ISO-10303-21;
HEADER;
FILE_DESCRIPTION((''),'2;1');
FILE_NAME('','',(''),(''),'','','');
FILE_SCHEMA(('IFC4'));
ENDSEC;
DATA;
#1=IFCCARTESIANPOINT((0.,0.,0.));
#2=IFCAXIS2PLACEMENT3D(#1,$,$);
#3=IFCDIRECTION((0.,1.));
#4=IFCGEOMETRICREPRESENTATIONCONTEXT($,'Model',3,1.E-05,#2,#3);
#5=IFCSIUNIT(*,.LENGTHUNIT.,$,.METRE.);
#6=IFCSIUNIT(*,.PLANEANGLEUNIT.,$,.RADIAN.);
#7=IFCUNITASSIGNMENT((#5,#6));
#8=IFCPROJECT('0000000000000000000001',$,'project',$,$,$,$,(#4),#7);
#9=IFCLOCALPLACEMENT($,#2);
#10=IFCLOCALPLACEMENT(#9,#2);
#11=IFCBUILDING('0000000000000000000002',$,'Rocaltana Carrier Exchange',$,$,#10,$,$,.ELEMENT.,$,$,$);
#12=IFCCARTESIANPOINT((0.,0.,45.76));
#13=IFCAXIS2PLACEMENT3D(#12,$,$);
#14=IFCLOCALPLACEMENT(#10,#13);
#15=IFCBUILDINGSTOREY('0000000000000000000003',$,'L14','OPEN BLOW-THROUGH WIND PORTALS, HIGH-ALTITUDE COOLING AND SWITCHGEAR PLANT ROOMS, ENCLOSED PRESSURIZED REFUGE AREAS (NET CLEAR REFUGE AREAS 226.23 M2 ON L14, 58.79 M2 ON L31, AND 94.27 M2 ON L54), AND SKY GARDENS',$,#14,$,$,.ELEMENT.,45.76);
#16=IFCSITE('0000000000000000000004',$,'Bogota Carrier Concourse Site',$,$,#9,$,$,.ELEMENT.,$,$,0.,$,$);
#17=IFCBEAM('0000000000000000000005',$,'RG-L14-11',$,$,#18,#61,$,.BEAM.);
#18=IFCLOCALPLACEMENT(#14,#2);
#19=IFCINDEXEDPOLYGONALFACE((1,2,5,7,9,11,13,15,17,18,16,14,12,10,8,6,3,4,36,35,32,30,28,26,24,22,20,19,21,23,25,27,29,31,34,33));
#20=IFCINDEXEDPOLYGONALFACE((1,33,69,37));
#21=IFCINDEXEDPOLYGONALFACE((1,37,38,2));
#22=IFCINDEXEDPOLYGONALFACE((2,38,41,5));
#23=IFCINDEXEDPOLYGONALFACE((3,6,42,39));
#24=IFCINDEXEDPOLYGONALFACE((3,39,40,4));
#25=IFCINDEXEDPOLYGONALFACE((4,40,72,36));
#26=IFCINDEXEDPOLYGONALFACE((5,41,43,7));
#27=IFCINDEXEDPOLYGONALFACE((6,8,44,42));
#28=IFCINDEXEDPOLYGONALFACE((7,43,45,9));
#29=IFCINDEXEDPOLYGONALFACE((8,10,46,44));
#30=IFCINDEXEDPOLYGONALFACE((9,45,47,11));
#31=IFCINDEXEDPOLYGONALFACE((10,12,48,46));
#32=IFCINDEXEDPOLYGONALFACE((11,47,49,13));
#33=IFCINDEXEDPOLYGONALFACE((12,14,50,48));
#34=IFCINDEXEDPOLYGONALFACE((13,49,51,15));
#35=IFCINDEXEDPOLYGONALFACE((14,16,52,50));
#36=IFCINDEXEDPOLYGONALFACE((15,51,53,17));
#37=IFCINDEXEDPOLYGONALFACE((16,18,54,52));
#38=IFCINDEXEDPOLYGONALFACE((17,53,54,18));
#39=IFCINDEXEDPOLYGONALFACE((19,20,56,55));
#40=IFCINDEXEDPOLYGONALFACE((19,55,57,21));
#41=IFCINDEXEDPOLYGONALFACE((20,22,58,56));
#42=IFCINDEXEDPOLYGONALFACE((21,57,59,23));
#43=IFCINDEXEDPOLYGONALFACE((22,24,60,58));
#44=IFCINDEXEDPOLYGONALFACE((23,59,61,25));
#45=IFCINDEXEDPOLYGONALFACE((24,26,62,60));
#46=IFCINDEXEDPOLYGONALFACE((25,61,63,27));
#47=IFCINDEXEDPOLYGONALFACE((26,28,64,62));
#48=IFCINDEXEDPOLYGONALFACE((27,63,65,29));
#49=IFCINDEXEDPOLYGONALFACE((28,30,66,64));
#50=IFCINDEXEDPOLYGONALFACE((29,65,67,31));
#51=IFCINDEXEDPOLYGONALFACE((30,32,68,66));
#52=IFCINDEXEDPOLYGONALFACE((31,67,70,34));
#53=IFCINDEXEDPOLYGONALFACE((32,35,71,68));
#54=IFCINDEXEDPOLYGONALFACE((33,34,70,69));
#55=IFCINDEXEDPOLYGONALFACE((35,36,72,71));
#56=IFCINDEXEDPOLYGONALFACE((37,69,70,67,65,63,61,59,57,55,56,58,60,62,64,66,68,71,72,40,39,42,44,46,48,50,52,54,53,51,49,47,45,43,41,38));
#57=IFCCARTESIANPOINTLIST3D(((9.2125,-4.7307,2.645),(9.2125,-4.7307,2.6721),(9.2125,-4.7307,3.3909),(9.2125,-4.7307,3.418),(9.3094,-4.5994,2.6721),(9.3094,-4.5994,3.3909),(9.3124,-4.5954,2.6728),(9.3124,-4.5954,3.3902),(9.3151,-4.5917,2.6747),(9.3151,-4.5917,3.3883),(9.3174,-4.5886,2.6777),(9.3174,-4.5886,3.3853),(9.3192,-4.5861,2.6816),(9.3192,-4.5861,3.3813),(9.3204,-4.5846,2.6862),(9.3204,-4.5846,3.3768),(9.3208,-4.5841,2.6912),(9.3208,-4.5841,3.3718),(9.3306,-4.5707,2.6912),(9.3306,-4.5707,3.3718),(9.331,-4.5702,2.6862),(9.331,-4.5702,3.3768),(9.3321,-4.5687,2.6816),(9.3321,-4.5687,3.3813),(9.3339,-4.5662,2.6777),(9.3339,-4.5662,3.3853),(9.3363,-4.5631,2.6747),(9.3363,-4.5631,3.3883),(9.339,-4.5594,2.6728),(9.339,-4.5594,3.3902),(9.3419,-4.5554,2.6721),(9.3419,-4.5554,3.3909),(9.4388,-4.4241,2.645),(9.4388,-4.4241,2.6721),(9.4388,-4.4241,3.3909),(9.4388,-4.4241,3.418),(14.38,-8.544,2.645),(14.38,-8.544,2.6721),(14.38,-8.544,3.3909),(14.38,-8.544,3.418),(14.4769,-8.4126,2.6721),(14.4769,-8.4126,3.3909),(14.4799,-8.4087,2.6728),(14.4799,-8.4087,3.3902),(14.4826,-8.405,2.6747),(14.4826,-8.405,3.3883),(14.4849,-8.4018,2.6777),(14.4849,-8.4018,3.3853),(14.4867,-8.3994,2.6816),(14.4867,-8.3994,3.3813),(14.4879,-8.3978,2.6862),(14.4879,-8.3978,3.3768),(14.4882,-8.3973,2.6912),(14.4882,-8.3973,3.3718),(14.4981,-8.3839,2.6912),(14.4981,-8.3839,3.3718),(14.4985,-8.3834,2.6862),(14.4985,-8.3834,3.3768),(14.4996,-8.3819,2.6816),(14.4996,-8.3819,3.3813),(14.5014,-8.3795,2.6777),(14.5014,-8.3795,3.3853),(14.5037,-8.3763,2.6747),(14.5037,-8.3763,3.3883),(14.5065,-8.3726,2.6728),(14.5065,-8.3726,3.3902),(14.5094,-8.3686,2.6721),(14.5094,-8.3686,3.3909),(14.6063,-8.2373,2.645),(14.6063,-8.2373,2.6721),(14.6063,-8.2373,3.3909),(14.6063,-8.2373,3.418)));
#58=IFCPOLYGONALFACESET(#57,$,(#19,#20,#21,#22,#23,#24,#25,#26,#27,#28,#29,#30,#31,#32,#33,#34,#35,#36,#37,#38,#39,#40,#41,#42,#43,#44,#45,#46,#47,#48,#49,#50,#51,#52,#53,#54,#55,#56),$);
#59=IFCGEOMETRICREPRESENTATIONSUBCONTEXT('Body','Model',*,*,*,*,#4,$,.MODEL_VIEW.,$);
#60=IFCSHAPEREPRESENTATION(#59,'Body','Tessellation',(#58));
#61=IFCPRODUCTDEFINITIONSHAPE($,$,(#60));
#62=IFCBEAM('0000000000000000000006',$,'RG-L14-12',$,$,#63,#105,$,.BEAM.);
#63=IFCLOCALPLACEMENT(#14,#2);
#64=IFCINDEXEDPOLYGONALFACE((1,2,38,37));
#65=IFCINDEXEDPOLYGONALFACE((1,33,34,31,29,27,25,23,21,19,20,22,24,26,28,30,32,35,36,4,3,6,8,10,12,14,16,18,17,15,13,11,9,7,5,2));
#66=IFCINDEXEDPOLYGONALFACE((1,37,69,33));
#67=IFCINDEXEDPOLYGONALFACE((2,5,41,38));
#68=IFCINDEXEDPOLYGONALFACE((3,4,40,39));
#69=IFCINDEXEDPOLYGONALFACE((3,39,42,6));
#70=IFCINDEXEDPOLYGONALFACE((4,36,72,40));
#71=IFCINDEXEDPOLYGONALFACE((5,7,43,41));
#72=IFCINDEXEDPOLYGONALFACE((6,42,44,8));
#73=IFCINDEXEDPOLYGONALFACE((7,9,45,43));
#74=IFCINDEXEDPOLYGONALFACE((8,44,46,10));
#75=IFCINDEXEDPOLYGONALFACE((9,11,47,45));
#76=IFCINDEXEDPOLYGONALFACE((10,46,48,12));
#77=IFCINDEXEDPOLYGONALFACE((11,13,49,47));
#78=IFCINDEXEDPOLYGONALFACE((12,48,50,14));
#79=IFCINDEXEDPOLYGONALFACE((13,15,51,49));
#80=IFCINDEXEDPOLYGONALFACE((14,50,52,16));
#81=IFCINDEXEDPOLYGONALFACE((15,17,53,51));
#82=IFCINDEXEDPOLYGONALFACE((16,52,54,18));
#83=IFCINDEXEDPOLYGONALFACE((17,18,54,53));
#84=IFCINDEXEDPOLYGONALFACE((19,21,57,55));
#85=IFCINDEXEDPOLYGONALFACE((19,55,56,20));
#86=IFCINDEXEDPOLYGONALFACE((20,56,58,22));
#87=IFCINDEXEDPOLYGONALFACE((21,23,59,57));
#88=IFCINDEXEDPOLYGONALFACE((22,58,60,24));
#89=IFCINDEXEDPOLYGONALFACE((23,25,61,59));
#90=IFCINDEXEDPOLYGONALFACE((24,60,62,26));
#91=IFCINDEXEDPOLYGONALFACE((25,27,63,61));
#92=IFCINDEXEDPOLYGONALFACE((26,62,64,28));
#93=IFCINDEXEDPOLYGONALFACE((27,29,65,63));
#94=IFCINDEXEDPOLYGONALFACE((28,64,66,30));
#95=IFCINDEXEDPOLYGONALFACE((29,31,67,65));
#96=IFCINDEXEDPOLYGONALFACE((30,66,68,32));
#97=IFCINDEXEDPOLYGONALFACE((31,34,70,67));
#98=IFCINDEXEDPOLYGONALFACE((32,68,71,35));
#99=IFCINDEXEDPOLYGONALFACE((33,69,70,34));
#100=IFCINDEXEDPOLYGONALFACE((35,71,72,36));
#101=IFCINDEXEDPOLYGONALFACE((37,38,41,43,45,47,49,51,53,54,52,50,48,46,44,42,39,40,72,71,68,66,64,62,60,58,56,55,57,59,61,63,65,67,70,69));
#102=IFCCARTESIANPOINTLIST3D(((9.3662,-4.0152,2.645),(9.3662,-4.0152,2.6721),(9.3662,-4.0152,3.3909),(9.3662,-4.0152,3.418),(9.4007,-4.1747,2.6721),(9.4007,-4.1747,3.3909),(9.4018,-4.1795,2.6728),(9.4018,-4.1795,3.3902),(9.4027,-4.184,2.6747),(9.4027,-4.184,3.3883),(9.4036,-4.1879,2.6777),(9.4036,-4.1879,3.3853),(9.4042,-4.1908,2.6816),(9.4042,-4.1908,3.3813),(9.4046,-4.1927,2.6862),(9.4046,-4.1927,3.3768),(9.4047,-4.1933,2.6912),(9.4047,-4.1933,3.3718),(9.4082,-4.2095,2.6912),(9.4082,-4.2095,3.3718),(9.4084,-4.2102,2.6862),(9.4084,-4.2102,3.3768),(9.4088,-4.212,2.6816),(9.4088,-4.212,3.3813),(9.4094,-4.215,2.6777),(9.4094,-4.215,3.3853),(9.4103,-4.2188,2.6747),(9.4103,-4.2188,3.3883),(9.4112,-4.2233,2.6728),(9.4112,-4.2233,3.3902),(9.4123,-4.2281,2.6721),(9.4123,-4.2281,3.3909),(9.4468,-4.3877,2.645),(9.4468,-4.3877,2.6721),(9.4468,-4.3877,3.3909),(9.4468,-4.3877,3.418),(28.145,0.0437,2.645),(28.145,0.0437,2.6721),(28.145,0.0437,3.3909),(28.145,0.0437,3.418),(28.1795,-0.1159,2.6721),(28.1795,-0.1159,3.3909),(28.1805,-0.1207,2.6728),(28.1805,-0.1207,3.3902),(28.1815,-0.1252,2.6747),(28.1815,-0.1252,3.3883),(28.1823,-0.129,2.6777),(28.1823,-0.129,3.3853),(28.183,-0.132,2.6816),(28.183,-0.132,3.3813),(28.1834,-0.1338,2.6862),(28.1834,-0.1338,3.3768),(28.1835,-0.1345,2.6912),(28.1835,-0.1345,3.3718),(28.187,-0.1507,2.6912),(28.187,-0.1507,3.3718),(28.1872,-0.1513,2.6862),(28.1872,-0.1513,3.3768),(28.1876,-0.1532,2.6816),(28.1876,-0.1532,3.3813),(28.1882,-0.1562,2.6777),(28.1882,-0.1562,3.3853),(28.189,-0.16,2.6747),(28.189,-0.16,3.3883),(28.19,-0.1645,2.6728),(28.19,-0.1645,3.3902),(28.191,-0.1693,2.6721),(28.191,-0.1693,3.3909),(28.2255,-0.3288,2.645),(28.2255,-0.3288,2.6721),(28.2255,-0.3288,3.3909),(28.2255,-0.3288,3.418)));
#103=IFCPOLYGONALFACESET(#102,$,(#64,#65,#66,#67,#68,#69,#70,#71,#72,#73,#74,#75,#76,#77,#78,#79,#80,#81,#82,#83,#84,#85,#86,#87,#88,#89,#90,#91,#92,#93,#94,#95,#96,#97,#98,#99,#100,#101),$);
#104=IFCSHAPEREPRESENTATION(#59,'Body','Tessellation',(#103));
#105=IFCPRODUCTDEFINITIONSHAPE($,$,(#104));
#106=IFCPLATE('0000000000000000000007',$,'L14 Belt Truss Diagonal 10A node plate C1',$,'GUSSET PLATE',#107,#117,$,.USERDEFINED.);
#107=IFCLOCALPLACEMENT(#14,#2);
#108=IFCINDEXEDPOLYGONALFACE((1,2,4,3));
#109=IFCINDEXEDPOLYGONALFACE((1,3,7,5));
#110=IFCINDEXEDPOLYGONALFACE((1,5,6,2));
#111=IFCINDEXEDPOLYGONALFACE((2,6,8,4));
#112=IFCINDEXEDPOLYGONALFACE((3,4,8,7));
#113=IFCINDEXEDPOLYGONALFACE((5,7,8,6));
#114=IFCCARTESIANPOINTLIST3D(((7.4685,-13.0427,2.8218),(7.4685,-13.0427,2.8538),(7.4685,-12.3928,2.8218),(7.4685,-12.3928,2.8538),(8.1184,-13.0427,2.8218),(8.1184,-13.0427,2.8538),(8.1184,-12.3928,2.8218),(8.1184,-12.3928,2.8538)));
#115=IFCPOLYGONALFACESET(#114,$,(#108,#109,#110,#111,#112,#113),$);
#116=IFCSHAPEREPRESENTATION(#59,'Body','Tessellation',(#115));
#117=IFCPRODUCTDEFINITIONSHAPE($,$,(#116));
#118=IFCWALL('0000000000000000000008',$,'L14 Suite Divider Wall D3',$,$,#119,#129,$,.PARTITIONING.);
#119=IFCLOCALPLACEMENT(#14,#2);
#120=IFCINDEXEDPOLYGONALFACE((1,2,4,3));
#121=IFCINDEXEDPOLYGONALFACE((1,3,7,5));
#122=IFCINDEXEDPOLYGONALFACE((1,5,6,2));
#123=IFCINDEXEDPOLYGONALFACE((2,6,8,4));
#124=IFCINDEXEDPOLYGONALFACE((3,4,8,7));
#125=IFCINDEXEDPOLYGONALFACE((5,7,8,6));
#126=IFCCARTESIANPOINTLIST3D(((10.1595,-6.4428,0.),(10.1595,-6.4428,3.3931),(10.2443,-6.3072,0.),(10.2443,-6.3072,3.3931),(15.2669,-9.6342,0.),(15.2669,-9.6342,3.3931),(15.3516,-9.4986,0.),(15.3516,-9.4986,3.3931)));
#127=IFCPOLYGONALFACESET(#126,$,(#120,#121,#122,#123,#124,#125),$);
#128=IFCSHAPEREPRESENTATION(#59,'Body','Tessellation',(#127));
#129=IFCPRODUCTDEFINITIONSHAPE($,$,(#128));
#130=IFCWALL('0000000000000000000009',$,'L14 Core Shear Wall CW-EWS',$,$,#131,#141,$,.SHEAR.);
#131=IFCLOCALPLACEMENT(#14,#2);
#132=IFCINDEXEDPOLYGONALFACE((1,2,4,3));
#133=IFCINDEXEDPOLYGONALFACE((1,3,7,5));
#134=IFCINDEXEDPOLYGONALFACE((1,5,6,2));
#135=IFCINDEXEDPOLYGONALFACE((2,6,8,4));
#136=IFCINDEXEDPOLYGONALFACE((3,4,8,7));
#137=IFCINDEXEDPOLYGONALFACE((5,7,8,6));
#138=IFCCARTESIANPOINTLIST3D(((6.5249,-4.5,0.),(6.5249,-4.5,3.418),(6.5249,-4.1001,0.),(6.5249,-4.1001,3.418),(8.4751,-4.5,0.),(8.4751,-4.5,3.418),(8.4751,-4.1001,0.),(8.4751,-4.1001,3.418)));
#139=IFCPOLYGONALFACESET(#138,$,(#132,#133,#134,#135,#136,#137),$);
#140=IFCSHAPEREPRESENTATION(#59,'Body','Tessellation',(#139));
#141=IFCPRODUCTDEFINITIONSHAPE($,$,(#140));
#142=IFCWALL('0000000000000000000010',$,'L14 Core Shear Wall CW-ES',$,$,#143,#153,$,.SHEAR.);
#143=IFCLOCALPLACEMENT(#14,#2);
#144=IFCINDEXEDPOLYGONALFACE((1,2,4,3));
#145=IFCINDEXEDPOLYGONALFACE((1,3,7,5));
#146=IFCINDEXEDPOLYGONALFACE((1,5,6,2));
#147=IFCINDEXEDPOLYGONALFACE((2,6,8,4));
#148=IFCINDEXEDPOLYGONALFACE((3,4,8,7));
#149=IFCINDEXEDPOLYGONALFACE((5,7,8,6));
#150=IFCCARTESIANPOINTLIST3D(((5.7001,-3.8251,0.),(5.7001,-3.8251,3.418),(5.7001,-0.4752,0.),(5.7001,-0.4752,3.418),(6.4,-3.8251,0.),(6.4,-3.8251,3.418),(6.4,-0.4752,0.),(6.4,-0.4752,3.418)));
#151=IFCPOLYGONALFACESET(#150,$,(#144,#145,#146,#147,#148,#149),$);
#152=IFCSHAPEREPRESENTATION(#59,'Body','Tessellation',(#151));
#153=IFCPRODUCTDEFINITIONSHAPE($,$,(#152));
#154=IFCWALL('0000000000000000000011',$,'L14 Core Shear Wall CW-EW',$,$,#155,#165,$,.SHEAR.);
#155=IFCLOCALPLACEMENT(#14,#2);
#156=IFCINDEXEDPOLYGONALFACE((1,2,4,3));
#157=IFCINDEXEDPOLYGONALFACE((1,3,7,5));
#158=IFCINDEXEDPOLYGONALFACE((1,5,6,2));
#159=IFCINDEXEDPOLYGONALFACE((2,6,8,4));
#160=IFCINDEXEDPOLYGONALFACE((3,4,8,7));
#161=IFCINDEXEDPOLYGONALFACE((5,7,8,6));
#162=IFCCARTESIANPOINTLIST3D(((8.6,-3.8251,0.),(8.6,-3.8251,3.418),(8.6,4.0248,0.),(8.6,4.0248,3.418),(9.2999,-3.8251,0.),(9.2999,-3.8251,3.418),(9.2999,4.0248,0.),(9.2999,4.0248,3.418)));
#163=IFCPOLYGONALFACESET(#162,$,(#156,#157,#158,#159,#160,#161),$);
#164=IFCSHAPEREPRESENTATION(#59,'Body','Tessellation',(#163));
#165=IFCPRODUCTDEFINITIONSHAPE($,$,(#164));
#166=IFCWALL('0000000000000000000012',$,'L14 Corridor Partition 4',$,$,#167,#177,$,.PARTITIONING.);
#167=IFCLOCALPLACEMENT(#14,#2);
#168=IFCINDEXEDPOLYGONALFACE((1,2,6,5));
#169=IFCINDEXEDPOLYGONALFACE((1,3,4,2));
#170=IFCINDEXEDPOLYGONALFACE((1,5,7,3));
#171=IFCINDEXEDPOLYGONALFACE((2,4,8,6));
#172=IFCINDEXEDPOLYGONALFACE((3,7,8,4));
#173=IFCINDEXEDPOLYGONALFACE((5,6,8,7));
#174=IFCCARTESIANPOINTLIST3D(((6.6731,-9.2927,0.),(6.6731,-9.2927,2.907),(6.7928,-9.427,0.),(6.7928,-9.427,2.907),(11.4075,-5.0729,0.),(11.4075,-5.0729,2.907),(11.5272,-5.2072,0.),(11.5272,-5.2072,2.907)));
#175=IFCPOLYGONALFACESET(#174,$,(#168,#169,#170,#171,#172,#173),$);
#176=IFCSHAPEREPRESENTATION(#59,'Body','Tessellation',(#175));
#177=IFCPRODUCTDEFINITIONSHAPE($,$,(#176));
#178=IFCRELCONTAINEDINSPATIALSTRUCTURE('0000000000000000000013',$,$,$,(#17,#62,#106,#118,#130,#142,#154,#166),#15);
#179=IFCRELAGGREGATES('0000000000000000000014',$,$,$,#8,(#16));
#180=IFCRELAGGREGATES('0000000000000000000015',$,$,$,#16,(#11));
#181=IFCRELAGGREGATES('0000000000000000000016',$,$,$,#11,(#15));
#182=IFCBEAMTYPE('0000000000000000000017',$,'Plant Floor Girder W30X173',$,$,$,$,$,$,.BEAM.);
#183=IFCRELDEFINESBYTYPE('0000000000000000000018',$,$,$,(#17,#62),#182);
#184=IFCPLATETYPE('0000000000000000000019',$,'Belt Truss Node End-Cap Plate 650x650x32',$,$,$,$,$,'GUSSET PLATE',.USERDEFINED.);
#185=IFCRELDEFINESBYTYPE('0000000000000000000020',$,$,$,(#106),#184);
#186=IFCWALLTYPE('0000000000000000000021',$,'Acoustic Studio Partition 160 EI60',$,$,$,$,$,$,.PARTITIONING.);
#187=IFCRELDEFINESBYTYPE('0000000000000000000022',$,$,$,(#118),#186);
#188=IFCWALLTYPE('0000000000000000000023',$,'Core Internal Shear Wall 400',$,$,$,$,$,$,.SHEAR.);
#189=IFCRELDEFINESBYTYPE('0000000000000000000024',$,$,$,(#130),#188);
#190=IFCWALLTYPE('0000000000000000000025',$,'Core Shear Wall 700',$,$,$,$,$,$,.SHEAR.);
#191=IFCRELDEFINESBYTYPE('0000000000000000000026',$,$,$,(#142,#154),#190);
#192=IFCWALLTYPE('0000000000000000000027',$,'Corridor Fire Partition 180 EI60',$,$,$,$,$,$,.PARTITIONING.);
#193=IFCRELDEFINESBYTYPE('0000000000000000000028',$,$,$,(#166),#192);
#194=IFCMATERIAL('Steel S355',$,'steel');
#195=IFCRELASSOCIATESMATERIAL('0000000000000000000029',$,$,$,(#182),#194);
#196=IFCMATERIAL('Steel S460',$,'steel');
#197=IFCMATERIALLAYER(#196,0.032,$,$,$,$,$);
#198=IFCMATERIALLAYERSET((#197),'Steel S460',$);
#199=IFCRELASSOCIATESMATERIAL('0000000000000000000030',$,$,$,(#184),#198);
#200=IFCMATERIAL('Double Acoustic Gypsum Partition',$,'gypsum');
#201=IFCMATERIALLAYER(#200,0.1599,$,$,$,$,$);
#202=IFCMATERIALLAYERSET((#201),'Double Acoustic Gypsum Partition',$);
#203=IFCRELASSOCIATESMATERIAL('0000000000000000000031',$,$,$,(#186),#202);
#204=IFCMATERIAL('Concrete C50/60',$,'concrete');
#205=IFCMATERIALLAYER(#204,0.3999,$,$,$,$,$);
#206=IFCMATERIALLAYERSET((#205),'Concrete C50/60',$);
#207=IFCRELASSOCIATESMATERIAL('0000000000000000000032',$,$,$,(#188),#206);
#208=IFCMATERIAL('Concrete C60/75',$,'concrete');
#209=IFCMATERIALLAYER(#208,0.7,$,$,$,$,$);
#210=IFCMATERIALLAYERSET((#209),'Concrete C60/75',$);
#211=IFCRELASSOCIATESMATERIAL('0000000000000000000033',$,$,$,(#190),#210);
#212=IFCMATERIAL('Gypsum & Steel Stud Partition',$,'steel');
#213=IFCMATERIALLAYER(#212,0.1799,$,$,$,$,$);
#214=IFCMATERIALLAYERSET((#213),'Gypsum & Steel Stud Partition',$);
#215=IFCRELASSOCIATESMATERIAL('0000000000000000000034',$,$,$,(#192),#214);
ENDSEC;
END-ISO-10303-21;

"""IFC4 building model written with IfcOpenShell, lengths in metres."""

from ifc_helpers import new_model, si_unit, direction, frame, frame_2d, origin, origin_2d, place, context, subcontext, project, spatial, rectangle, i_section, extrude, material, layer, layer_set, material_profile, profile_set, type_object, element, save


model = new_model("IFC4")

# Units and contexts
model_context = context("Model", 3, precision=1e-05, world=origin(), true_north=direction((0.0, 1.0)))
body_context = subcontext(model_context, "Body", "Model", "MODEL_VIEW")
ifc_project = project(units=[si_unit("LENGTHUNIT", "METRE"), si_unit("PLANEANGLEUNIT", "RADIAN")], contexts=[model_context])

# Site, building, storey
site_placement = place(None, origin())
site = spatial("IfcSite", under=ifc_project, at=site_placement, Name="Bogota Carrier Concourse Site", CompositionType="ELEMENT", RefElevation=0.0)
building_placement = place(site_placement, origin())
building = spatial("IfcBuilding", under=site, at=building_placement, Name="Rocaltana Carrier Exchange", CompositionType="ELEMENT")
storey_placement = place(building_placement, frame((0.0, 0.0, 45.76)))
storey = spatial("IfcBuildingStorey", under=building, at=storey_placement, Name="L14", Description="OPEN BLOW-THROUGH WIND PORTALS, HIGH-ALTITUDE COOLING AND SWITCHGEAR PLANT ROOMS, ENCLOSED PRESSURIZED REFUGE AREAS (NET CLEAR REFUGE AREAS 226.23 M2 ON L14, 58.79 M2 ON L31, AND 94.27 M2 ON L54), AND SKY GARDENS", CompositionType="ELEMENT", Elevation=45.76)

# Beams
ifc_material_1 = material(Name="Steel S355", Category="steel")
ifc_material_profile_1 = material_profile(ifc_material_1, i_section(OverallWidth=0.3811, OverallDepth=0.7729, WebThickness=0.0166, FlangeThickness=0.0271, FilletRadius=0.019, at=origin_2d()), Name="W30X173")
ifc_profile_set_1 = profile_set([ifc_material_profile_1], Name="Steel S355")
beam_type_1 = type_object("IfcBeamType", Name="Plant Floor Girder W30X173", PredefinedType="BEAM", material=ifc_profile_set_1)
beam_1_placement = place(storey_placement, frame((9.3257, -4.5774, 3.0315), z_axis=(0.804638, -0.593766, 0.0), x_axis=(0.593766, 0.804638, 0.0)))
element("IfcBeam", 1, at=beam_1_placement, inside=storey, type_object=beam_type_1, Name="RG-L14-11", PredefinedType="BEAM", context=body_context, shape_type="SweptSolid", body=[
    extrude(i_section(OverallWidth=0.3811, OverallDepth=0.7729, WebThickness=0.0166, FlangeThickness=0.0271, FilletRadius=0.019, at=origin_2d()), origin(), (0.0, 0.0, 1.0), 6.4221),
])
beam_2_placement = place(storey_placement, frame((9.4065, -4.2014, 3.0315), z_axis=(0.97743, 0.211261, 0.0), x_axis=(-0.211261, 0.97743, 0.0)))
element("IfcBeam", 2, at=beam_2_placement, inside=storey, type_object=beam_type_1, Name="RG-L14-12", PredefinedType="BEAM", context=body_context, shape_type="SweptSolid", body=[
    extrude(i_section(OverallWidth=0.3811, OverallDepth=0.7729, WebThickness=0.0166, FlangeThickness=0.0271, FilletRadius=0.019, at=origin_2d()), origin(), (0.0, 0.0, 1.0), 19.2124),
])

# Plate
ifc_material_2 = material(Name="Steel S460", Category="steel")
ifc_layer_1 = layer(ifc_material_2, 0.032)
ifc_layer_set_1 = layer_set([ifc_layer_1], Name="Steel S460")
plate_type = type_object("IfcPlateType", Name="Belt Truss Node End-Cap Plate 650x650x32", ElementType="GUSSET PLATE", PredefinedType="USERDEFINED", material=ifc_layer_set_1)
plate_placement = place(storey_placement, frame((7.7935, -12.7178, 2.8218), z_axis=(0.0, 0.0, 1.0), x_axis=(1.0, 0.0, 0.0)))
element("IfcPlate", 3, at=plate_placement, inside=storey, type_object=plate_type, Name="L14 Belt Truss Diagonal 10A node plate C1", ObjectType="GUSSET PLATE", PredefinedType="USERDEFINED", context=body_context, shape_type="SweptSolid", body=[
    extrude(rectangle(XDim=0.6499, YDim=0.6499, at=origin_2d()), origin(), (0.0, 0.0, 1.0), 0.032),
])

# Walls
ifc_material_3 = material(Name="Double Acoustic Gypsum Partition", Category="gypsum")
ifc_layer_2 = layer(ifc_material_3, 0.1599)
ifc_layer_set_2 = layer_set([ifc_layer_2], Name="Double Acoustic Gypsum Partition")
wall_type_1 = type_object("IfcWallType", Name="Acoustic Studio Partition 160 EI60", PredefinedType="PARTITIONING", material=ifc_layer_set_2)
wall_1_placement = place(storey_placement, frame((10.2019, -6.375, 0.0), z_axis=(0.0, 0.0, 1.0), x_axis=(0.848053, -0.529911, 0.0)))
element("IfcWall", 4, at=wall_1_placement, inside=storey, type_object=wall_type_1, Name="L14 Suite Divider Wall D3", PredefinedType="PARTITIONING", context=body_context, shape_type="SweptSolid", body=[
    extrude(rectangle(XDim=6.0225, YDim=0.1599, at=frame_2d((3.0112, 0.0))), origin(), (0.0, 0.0, 1.0), 3.3931),
])
ifc_material_4 = material(Name="Concrete C50/60", Category="concrete")
ifc_layer_3 = layer(ifc_material_4, 0.3999)
ifc_layer_set_3 = layer_set([ifc_layer_3], Name="Concrete C50/60")
wall_type_2 = type_object("IfcWallType", Name="Core Internal Shear Wall 400", PredefinedType="SHEAR", material=ifc_layer_set_3)
wall_2_placement = place(storey_placement, frame((6.5249, -4.3, 0.0), z_axis=(0.0, 0.0, 1.0), x_axis=(1.0, 0.0, 0.0)))
element("IfcWall", 5, at=wall_2_placement, inside=storey, type_object=wall_type_2, Name="L14 Core Shear Wall CW-EWS", PredefinedType="SHEAR", context=body_context, shape_type="SweptSolid", body=[
    extrude(rectangle(XDim=1.9502, YDim=0.3999, at=frame_2d((0.9751, 0.0))), origin(), (0.0, 0.0, 1.0), 3.418),
])
ifc_material_5 = material(Name="Concrete C60/75", Category="concrete")
ifc_layer_4 = layer(ifc_material_5, 0.7)
ifc_layer_set_4 = layer_set([ifc_layer_4], Name="Concrete C60/75")
wall_type_3 = type_object("IfcWallType", Name="Core Shear Wall 700", PredefinedType="SHEAR", material=ifc_layer_set_4)
wall_3_placement = place(storey_placement, frame((6.05, -3.825, 0.0), z_axis=(0.0, 0.0, 1.0), x_axis=(0.0, 1.0, 0.0)))
element("IfcWall", 6, at=wall_3_placement, inside=storey, type_object=wall_type_3, Name="L14 Core Shear Wall CW-ES", PredefinedType="SHEAR", context=body_context, shape_type="SweptSolid", body=[
    extrude(rectangle(XDim=3.3499, YDim=0.7, at=frame_2d((1.6748, 0.0))), origin(), (0.0, 0.0, 1.0), 3.418),
])
wall_4_placement = place(storey_placement, frame((8.95, -3.825, 0.0), z_axis=(0.0, 0.0, 1.0), x_axis=(0.0, 1.0, 0.0)))
element("IfcWall", 7, at=wall_4_placement, inside=storey, type_object=wall_type_3, Name="L14 Core Shear Wall CW-EW", PredefinedType="SHEAR", context=body_context, shape_type="SweptSolid", body=[
    extrude(rectangle(XDim=7.8499, YDim=0.7, at=frame_2d((3.9248, 0.0))), origin(), (0.0, 0.0, 1.0), 3.418),
])
ifc_material_6 = material(Name="Gypsum & Steel Stud Partition", Category="steel")
ifc_layer_5 = layer(ifc_material_6, 0.1799)
ifc_layer_set_5 = layer_set([ifc_layer_5], Name="Gypsum & Steel Stud Partition")
wall_type_4 = type_object("IfcWallType", Name="Corridor Fire Partition 180 EI60", PredefinedType="PARTITIONING", material=ifc_layer_set_5)
wall_5_placement = place(storey_placement, frame((11.4673, -5.1401, 0.0), z_axis=(0.0, 0.0, 1.0), x_axis=(-0.746517, -0.665367, 0.0)))
element("IfcWall", 8, at=wall_5_placement, inside=storey, type_object=wall_type_4, Name="L14 Corridor Partition 4", PredefinedType="PARTITIONING", context=body_context, shape_type="SweptSolid", body=[
    extrude(rectangle(XDim=6.342, YDim=0.1799, at=frame_2d((3.1709, 0.0))), origin(), (0.0, 0.0, 1.0), 2.907),
])

save(model, "model.ifc")
